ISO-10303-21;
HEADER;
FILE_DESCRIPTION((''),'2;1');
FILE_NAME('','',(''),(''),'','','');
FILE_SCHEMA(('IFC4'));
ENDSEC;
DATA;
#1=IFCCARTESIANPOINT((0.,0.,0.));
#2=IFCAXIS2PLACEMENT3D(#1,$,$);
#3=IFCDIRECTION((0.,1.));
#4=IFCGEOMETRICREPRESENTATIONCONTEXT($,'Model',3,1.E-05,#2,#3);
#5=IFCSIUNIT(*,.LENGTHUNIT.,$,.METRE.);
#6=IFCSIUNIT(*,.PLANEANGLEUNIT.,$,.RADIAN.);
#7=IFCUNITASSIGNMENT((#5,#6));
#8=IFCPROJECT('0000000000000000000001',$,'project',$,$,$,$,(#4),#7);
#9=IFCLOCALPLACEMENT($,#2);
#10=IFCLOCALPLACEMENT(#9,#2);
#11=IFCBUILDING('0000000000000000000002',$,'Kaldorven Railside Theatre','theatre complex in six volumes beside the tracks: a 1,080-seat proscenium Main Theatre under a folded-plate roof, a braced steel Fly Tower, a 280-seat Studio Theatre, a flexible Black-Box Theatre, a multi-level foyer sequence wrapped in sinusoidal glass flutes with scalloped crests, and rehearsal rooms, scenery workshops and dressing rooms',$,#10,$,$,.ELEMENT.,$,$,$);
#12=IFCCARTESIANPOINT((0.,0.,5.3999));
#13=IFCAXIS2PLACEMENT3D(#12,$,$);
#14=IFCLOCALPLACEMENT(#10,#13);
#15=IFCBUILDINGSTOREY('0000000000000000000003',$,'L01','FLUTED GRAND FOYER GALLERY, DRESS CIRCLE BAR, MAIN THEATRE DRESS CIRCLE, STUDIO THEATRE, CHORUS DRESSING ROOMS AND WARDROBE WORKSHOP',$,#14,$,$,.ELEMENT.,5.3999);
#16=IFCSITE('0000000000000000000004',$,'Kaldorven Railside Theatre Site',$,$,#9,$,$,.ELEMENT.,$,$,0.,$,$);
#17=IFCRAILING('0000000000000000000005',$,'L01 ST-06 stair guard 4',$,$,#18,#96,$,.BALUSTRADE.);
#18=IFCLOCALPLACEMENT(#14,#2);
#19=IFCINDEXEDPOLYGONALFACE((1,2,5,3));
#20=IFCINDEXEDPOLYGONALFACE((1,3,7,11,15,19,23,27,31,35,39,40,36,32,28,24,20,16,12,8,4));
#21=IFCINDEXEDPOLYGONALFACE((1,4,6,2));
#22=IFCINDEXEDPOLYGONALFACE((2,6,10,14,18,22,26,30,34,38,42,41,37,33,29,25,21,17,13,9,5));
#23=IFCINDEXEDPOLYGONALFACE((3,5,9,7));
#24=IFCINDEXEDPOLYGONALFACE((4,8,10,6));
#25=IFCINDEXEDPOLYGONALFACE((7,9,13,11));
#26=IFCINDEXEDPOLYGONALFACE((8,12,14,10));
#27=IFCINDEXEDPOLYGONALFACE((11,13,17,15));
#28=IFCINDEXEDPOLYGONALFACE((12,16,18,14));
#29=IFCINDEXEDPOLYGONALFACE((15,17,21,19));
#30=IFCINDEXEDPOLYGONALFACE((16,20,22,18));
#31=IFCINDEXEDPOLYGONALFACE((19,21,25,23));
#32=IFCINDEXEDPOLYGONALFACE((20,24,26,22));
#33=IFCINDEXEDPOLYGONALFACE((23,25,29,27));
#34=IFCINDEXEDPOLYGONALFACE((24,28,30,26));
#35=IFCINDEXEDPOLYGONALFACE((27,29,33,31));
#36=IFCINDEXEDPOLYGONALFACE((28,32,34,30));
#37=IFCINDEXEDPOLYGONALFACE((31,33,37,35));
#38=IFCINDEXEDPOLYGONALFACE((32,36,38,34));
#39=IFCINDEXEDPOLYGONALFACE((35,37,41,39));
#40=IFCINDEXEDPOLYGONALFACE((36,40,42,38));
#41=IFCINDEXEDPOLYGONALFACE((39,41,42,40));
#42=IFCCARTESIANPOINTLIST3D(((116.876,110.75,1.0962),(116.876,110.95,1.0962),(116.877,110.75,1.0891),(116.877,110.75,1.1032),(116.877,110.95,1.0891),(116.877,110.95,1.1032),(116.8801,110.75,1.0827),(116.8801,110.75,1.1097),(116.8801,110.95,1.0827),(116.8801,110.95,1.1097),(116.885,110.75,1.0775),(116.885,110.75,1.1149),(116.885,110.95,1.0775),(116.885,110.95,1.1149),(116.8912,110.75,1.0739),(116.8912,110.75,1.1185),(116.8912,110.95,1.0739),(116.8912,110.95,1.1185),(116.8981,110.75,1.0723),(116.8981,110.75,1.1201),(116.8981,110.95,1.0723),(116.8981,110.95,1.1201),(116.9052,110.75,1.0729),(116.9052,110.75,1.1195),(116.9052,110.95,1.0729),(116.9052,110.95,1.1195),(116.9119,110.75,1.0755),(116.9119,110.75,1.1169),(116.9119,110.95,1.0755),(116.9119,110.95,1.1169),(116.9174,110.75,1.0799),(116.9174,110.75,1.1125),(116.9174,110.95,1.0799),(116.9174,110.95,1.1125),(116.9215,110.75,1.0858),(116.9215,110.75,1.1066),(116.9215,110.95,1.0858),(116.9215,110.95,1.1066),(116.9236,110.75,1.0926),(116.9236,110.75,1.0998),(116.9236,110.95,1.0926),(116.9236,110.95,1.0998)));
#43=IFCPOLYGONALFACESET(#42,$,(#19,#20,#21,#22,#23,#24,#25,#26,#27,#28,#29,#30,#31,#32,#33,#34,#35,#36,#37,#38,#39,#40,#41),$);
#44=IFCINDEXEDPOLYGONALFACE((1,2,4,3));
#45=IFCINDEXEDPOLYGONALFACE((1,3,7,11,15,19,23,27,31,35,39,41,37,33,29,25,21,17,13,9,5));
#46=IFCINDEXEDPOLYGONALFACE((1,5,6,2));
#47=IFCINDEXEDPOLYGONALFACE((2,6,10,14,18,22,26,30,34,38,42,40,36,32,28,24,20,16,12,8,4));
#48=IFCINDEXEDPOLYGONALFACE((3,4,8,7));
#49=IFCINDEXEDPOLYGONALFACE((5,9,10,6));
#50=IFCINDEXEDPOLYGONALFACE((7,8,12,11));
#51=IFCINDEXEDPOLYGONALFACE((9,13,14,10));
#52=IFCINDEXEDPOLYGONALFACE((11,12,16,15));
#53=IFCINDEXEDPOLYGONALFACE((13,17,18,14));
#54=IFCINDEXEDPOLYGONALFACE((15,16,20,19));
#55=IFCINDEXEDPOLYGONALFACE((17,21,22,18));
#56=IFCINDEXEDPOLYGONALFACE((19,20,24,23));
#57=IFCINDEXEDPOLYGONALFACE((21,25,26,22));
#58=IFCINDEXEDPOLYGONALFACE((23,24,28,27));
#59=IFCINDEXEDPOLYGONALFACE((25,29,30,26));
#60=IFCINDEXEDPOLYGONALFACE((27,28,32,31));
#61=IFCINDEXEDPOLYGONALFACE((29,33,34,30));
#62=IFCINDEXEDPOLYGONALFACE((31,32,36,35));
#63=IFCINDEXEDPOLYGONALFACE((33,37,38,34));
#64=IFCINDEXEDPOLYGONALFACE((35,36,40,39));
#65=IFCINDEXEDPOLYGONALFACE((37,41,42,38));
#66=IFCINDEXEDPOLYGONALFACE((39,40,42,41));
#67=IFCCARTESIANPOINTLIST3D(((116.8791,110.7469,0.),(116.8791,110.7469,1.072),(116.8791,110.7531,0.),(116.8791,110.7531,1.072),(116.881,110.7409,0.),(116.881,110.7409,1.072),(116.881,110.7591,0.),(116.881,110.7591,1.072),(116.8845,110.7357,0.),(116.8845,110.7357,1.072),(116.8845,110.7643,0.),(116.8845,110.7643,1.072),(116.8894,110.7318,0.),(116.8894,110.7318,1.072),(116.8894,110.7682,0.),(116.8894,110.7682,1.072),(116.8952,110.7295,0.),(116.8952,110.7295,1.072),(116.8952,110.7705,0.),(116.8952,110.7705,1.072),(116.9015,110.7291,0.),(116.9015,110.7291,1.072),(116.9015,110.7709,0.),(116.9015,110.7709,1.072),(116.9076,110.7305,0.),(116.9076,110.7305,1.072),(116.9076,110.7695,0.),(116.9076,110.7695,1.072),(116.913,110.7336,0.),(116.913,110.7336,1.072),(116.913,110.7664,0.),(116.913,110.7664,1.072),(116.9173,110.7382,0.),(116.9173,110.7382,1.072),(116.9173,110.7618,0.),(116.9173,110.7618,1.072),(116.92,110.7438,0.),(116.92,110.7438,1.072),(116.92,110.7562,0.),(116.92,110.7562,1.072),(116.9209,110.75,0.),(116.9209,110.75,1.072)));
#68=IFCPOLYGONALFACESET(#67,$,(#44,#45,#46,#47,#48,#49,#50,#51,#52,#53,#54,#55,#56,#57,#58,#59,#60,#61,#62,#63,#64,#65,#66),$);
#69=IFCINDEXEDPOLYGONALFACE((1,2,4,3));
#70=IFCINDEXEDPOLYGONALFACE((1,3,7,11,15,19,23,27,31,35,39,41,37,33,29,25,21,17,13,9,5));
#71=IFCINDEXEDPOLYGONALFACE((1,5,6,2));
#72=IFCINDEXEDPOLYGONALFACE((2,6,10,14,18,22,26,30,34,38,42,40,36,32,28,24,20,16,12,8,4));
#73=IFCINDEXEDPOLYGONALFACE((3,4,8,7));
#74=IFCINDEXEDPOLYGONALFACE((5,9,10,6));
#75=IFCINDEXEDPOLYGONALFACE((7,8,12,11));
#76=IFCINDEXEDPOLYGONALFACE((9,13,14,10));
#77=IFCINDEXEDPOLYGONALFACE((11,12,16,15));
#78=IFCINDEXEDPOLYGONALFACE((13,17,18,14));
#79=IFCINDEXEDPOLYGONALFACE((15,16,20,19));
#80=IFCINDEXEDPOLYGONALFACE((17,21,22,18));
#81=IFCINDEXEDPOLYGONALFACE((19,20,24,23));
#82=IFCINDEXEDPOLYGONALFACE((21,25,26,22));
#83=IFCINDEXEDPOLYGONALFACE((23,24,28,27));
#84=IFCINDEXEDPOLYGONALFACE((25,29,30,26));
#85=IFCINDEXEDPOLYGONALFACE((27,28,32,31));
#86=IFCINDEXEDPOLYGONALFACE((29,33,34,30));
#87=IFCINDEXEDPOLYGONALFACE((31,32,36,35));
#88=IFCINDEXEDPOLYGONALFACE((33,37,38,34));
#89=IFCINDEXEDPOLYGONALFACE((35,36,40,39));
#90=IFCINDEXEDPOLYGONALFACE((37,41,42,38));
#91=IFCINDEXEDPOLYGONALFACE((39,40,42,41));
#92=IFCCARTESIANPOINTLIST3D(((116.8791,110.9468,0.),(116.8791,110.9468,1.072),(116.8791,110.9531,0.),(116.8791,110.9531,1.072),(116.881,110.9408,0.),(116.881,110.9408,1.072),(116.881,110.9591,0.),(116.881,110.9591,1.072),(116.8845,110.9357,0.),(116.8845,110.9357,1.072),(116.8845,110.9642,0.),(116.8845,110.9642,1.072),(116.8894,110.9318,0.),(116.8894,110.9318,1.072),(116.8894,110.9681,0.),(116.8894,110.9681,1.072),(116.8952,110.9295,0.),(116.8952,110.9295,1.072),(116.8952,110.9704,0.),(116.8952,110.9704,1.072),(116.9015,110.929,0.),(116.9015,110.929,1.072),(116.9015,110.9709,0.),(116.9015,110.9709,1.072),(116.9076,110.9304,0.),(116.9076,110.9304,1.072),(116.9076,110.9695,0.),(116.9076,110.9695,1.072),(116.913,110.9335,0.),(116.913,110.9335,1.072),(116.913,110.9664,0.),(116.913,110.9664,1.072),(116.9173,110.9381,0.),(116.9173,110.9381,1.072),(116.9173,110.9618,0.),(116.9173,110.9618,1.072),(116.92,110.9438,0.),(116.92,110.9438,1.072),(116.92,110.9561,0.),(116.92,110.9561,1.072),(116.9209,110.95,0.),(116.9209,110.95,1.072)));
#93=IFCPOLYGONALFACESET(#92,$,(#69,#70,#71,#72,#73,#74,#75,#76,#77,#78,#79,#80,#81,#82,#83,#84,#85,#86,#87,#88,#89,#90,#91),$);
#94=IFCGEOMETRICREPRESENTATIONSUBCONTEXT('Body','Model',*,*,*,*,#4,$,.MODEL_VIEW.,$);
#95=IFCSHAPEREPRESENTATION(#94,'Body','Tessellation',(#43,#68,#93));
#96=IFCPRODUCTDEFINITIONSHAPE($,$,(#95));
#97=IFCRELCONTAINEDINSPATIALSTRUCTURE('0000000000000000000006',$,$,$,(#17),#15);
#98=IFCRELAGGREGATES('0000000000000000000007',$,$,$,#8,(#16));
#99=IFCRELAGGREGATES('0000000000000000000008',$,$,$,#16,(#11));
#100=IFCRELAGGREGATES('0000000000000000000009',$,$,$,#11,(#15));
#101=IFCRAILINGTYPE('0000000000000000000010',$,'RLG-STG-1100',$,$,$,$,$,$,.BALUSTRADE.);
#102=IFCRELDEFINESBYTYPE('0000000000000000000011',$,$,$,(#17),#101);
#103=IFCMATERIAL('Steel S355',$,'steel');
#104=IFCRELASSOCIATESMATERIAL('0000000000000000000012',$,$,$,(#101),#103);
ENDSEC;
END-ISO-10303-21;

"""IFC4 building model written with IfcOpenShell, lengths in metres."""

from ifc_helpers import new_model, si_unit, direction, frame, origin, origin_2d, place, context, subcontext, project, spatial, circle, extrude, material, type_object, element, save


model = new_model("IFC4")

# Units and contexts
model_context = context("Model", 3, precision=1e-05, world=origin(), true_north=direction((0.0, 1.0)))
body_context = subcontext(model_context, "Body", "Model", "MODEL_VIEW")
ifc_project = project(units=[si_unit("LENGTHUNIT", "METRE"), si_unit("PLANEANGLEUNIT", "RADIAN")], contexts=[model_context])

# Site, building, storey
site_placement = place(None, origin())
site = spatial("IfcSite", under=ifc_project, at=site_placement, Name="Kaldorven Railside Theatre Site", CompositionType="ELEMENT", RefElevation=0.0)
building_placement = place(site_placement, origin())
building = spatial("IfcBuilding", under=site, at=building_placement, Name="Kaldorven Railside Theatre", Description="theatre complex in six volumes beside the tracks: a 1,080-seat proscenium Main Theatre under a folded-plate roof, a braced steel Fly Tower, a 280-seat Studio Theatre, a flexible Black-Box Theatre, a multi-level foyer sequence wrapped in sinusoidal glass flutes with scalloped crests, and rehearsal rooms, scenery workshops and dressing rooms", CompositionType="ELEMENT")
storey_placement = place(building_placement, frame((0.0, 0.0, 5.3999)))
storey = spatial("IfcBuildingStorey", under=building, at=storey_placement, Name="L01", Description="FLUTED GRAND FOYER GALLERY, DRESS CIRCLE BAR, MAIN THEATRE DRESS CIRCLE, STUDIO THEATRE, CHORUS DRESSING ROOMS AND WARDROBE WORKSHOP", CompositionType="ELEMENT", Elevation=5.3999)

# Shared definitions
ifc_material_1 = material(Name="Steel S355", Category="steel")

# Railing
railing_type_1 = type_object("IfcRailingType", Name="RLG-STG-1100", PredefinedType="BALUSTRADE", material=ifc_material_1)
railing_1_placement = place(storey_placement, frame((116.8999, 110.75, 0.0)))
element("IfcRailing", 1, at=railing_1_placement, inside=storey, type_object=railing_type_1, Name="L01 ST-06 stair guard 4", PredefinedType="BALUSTRADE", context=body_context, shape_type="SweptSolid", body=[
    extrude(circle(Radius=0.0239, at=origin_2d()), frame((0.0, 0.0, 1.0962), z_axis=(0.0, 1.0, 0.0), x_axis=(-1.0, 0.0, 0.0)), (0.0, 0.0, 1.0), 0.2),
    extrude(circle(Radius=0.021, at=origin_2d()), origin(), (0.0, 0.0, 1.0), 1.072),
    extrude(circle(Radius=0.021, at=origin_2d()), frame((0.0, 0.2, 0.0)), (0.0, 0.0, 1.0), 1.072),
])

save(model, "model.ifc")
